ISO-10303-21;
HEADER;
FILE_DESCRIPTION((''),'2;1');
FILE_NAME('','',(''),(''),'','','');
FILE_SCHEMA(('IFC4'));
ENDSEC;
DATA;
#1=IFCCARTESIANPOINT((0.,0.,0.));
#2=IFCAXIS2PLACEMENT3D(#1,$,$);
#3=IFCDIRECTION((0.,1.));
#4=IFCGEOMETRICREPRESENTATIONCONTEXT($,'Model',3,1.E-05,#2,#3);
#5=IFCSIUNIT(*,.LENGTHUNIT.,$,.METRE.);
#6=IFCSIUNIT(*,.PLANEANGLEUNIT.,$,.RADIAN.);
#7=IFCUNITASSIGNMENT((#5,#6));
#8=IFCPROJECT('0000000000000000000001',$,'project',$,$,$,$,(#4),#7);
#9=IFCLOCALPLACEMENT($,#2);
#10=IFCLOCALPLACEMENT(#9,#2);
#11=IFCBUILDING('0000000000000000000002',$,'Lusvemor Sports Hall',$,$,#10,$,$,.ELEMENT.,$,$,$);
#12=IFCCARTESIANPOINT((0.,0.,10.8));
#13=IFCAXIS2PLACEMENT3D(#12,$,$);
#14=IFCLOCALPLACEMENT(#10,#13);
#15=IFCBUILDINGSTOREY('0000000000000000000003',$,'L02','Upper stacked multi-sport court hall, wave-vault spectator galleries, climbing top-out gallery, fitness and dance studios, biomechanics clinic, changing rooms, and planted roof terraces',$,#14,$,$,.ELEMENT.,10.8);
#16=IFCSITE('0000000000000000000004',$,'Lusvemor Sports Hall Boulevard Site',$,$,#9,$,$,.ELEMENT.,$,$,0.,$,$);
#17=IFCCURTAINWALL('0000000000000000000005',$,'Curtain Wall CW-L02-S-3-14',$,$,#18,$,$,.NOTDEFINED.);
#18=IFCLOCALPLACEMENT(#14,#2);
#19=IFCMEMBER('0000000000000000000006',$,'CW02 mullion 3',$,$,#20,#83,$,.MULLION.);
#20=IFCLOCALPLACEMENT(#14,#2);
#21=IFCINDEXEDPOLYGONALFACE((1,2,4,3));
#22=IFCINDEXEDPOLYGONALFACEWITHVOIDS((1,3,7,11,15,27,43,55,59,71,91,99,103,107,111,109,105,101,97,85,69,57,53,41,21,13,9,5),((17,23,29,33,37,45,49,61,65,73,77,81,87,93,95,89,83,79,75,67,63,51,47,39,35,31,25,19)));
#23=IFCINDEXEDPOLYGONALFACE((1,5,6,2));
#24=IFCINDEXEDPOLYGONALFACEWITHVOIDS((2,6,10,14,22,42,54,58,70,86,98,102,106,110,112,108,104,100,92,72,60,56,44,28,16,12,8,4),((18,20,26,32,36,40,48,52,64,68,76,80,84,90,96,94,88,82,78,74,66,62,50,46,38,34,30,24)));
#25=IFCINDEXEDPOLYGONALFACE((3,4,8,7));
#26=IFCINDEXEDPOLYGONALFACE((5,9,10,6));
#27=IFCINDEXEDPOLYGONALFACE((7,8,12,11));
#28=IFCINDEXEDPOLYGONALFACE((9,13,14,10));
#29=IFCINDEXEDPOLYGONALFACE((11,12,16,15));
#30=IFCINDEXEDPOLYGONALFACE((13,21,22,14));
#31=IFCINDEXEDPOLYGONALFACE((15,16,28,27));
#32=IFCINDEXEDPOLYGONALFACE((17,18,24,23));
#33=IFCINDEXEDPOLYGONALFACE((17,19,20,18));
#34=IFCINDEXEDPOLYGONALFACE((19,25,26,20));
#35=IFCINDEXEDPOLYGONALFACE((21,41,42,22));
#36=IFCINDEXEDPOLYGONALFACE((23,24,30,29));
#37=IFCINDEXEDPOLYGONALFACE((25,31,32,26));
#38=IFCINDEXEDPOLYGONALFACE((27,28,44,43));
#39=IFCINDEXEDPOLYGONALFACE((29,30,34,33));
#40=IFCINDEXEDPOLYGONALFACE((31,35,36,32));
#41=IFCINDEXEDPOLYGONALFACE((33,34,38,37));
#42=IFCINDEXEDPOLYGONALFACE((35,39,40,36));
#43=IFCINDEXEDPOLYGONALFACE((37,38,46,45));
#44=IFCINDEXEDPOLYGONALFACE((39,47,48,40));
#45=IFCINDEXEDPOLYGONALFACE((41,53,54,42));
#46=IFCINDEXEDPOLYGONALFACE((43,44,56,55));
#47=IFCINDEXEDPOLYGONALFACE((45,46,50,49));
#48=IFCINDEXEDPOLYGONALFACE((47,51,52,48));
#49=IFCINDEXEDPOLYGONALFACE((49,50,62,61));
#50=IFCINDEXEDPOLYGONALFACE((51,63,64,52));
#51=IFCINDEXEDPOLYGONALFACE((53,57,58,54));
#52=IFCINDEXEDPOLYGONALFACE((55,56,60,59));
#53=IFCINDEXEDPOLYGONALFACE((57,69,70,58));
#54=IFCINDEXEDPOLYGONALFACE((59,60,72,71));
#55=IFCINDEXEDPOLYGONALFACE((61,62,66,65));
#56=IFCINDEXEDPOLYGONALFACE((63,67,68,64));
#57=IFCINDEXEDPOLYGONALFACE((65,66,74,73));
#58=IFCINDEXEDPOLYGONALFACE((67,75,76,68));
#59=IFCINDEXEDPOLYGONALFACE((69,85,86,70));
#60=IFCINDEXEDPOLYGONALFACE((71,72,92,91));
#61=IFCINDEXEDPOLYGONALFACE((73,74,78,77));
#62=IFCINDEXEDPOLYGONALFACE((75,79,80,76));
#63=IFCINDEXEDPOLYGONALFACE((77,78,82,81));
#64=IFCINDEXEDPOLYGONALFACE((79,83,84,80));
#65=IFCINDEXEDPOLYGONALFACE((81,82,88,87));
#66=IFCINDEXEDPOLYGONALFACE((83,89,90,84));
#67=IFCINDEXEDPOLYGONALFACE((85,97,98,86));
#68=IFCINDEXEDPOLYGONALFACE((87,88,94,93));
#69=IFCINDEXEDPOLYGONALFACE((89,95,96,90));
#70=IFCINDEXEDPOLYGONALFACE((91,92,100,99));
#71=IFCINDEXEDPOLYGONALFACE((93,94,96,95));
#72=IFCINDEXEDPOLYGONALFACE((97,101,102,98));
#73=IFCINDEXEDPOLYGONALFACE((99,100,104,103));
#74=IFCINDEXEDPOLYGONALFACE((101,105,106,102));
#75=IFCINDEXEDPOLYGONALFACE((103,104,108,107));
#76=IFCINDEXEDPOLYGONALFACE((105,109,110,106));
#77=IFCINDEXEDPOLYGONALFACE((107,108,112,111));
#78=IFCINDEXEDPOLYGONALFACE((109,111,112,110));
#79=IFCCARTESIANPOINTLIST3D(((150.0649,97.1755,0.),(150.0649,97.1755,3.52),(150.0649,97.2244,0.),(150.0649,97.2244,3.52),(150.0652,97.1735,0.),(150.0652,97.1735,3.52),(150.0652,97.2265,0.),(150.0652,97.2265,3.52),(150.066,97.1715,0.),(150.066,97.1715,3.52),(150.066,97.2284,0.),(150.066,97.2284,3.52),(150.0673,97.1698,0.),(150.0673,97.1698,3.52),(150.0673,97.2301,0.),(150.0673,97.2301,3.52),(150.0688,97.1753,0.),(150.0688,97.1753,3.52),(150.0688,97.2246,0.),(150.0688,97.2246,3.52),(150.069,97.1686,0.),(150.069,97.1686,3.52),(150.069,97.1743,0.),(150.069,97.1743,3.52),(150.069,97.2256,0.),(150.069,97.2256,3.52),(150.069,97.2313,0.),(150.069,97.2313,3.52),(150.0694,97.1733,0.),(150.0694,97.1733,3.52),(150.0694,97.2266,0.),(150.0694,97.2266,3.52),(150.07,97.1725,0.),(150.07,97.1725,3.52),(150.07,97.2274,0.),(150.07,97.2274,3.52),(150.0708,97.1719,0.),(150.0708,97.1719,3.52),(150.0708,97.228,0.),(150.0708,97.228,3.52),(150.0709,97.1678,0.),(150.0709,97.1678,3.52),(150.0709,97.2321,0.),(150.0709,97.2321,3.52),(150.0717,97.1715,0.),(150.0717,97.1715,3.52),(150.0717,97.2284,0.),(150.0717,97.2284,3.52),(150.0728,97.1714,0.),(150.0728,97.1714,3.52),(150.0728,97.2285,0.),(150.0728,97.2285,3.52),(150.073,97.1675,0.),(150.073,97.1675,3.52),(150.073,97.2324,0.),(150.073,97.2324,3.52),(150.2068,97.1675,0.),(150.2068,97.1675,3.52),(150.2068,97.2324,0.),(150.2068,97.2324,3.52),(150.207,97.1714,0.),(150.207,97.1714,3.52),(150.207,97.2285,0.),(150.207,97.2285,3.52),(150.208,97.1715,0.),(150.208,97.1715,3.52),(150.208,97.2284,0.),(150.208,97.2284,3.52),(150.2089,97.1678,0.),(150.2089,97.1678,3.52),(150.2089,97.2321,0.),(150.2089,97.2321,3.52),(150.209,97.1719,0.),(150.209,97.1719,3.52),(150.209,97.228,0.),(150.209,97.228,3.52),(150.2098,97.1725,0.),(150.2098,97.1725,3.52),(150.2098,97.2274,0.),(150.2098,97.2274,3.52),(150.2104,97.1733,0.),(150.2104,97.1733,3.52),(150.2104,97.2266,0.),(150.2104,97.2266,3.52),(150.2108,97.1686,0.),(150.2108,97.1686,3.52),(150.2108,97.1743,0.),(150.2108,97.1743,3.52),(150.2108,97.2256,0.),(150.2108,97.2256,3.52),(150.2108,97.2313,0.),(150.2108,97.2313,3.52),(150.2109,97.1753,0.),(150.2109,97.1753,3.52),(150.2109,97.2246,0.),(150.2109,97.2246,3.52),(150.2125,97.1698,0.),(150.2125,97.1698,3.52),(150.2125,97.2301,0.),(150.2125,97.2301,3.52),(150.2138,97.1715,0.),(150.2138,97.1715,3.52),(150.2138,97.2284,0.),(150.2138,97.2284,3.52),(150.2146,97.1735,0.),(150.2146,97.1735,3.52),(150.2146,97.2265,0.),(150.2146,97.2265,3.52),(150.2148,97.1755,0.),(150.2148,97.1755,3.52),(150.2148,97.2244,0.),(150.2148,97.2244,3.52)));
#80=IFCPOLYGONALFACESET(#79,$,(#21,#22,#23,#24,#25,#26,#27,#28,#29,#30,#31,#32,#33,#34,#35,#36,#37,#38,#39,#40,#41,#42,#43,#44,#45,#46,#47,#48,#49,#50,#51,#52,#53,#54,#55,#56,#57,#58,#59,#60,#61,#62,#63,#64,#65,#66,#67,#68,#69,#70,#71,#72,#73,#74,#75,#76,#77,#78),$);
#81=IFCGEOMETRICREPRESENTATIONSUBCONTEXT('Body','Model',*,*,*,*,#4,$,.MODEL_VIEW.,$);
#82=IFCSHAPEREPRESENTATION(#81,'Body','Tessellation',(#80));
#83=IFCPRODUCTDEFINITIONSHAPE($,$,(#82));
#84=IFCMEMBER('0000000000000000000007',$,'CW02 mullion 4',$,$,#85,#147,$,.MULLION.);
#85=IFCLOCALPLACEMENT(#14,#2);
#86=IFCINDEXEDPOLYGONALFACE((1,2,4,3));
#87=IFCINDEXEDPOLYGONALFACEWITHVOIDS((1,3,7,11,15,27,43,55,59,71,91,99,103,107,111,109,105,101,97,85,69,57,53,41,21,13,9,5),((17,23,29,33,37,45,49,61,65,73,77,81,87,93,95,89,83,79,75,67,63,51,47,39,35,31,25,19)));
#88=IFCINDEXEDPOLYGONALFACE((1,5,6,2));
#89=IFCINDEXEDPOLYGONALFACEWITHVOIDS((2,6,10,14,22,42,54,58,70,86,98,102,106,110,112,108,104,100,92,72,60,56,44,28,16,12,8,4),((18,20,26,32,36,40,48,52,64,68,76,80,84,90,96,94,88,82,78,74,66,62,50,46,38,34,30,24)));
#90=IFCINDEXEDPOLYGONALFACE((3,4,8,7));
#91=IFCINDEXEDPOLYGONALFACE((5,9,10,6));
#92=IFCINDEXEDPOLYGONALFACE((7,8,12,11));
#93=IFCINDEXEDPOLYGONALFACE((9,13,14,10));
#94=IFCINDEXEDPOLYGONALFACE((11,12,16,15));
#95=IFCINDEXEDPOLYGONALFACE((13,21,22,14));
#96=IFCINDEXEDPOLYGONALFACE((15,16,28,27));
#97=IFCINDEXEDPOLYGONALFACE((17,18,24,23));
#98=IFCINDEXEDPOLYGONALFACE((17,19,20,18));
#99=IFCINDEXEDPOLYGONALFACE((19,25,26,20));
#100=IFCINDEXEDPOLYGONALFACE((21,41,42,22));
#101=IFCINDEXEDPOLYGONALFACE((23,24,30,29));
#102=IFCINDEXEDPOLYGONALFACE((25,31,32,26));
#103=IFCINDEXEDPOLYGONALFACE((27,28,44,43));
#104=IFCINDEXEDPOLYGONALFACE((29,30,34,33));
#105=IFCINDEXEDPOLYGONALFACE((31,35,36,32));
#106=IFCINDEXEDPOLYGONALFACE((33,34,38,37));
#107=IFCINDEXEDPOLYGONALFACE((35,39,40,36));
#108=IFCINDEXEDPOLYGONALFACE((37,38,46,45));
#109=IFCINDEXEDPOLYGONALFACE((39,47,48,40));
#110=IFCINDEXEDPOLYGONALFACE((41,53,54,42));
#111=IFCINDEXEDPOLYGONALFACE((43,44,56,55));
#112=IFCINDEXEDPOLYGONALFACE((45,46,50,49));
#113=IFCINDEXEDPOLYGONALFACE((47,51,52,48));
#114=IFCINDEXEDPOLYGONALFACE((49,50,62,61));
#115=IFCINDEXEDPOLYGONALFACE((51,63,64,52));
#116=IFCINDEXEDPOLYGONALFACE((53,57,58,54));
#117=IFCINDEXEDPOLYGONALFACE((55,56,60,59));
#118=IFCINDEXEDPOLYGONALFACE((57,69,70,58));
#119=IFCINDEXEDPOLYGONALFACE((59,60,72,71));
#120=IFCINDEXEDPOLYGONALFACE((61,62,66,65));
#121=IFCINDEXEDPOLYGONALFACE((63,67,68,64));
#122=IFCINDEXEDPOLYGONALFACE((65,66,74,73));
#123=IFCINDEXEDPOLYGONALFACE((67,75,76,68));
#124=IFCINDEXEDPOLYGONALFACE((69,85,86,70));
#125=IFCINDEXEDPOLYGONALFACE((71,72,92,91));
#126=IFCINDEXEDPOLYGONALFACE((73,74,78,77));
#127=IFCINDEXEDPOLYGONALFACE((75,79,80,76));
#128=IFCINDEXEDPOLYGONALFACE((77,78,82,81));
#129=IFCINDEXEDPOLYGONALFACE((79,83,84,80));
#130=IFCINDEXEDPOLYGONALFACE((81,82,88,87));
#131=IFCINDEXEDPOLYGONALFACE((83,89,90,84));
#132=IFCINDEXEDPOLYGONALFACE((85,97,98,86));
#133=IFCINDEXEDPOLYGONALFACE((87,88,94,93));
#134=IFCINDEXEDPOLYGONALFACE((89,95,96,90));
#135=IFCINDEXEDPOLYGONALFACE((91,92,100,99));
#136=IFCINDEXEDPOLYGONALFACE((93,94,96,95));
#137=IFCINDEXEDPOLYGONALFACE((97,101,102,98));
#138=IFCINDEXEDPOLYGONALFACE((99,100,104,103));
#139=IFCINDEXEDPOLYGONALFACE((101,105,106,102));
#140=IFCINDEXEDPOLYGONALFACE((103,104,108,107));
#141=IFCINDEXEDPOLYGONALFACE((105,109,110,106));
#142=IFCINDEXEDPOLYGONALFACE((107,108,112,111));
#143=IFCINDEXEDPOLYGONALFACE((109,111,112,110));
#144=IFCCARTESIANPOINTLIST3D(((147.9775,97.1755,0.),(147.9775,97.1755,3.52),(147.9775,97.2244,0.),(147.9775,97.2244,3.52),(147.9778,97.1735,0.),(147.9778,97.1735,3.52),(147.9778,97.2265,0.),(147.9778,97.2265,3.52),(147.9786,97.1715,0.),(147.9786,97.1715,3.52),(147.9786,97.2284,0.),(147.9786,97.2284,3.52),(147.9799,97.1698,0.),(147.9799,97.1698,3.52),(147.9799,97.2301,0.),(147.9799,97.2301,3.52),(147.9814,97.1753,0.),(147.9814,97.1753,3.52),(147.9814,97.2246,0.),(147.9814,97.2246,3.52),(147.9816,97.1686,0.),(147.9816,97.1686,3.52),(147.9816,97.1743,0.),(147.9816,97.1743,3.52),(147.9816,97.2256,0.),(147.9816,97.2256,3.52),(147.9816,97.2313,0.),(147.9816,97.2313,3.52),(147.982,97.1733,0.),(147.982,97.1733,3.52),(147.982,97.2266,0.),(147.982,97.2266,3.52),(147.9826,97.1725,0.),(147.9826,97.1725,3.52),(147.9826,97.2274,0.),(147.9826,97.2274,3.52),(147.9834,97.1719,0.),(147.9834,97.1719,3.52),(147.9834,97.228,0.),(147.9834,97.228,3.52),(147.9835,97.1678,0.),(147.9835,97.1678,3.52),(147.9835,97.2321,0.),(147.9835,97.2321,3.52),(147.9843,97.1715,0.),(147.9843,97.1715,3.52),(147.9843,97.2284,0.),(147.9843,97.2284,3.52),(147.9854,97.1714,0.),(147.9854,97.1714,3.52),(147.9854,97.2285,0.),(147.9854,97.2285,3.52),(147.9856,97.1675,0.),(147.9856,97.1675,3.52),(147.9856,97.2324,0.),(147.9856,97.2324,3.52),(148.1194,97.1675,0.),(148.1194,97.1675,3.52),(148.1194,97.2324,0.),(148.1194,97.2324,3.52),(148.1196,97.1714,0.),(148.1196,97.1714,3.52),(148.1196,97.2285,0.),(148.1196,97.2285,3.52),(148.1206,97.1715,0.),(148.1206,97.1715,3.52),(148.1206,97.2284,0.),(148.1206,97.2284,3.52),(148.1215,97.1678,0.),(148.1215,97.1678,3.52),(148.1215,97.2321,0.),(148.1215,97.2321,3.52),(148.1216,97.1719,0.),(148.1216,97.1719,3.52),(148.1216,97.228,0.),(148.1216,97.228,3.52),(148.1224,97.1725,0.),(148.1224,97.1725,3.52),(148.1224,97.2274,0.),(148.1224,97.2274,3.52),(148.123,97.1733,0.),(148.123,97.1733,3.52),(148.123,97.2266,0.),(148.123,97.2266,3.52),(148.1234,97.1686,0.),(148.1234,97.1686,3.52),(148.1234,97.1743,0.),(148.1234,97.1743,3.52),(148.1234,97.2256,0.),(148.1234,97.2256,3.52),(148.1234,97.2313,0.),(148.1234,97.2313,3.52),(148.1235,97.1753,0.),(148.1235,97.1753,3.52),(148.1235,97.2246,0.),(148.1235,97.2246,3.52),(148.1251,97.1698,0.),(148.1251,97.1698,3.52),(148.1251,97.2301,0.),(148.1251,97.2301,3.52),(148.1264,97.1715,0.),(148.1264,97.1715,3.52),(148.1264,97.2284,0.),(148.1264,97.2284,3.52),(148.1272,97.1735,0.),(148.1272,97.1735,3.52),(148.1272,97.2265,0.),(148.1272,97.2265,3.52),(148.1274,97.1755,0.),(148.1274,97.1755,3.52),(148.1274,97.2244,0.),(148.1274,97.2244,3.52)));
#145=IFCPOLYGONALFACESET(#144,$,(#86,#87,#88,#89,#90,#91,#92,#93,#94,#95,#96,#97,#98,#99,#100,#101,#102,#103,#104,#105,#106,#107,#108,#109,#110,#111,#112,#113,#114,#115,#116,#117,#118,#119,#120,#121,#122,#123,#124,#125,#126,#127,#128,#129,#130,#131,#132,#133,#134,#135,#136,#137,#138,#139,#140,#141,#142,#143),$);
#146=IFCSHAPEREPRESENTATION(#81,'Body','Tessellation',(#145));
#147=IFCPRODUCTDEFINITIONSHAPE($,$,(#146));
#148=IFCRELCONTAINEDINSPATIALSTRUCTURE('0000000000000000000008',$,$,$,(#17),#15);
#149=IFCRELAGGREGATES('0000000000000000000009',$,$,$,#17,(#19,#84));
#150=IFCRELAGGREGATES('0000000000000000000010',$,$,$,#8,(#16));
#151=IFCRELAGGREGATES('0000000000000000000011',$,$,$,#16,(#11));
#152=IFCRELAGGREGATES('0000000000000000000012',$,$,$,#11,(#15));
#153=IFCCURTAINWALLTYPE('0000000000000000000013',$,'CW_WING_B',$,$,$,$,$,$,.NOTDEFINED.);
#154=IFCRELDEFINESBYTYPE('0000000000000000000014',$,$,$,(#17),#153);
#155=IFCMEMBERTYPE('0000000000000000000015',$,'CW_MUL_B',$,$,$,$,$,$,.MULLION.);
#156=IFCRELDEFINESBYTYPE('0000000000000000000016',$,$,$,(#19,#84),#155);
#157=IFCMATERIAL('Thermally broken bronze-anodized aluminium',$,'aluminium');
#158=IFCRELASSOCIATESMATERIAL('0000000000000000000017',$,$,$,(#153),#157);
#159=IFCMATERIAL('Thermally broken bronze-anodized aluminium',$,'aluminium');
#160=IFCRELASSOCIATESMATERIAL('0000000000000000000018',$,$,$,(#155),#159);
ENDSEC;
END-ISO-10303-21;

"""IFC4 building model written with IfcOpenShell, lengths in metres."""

from ifc_helpers import new_model, si_unit, direction, frame, origin, origin_2d, place, context, subcontext, project, spatial, hollow_rectangle, extrude, material, material_profile, profile_set, type_object, element, aggregate, save


model = new_model("IFC4")

# Units and contexts
model_context = context("Model", 3, precision=1e-05, world=origin(), true_north=direction((0.0, 1.0)))
body_context = subcontext(model_context, "Body", "Model", "MODEL_VIEW")
ifc_project = project(units=[si_unit("LENGTHUNIT", "METRE"), si_unit("PLANEANGLEUNIT", "RADIAN")], contexts=[model_context])

# Site, building, storey
site_placement = place(None, origin())
site = spatial("IfcSite", under=ifc_project, at=site_placement, Name="Lusvemor Sports Hall Boulevard Site", CompositionType="ELEMENT", RefElevation=0.0)
building_placement = place(site_placement, origin())
building = spatial("IfcBuilding", under=site, at=building_placement, Name="Lusvemor Sports Hall", CompositionType="ELEMENT")
storey_placement = place(building_placement, frame((0.0, 0.0, 10.8)))
storey = spatial("IfcBuildingStorey", under=building, at=storey_placement, Name="L02", Description="Upper stacked multi-sport court hall, wave-vault spectator galleries, climbing top-out gallery, fitness and dance studios, biomechanics clinic, changing rooms, and planted roof terraces", CompositionType="ELEMENT", Elevation=10.8)

# Curtain wall, members
ifc_material_1 = material(Name="Thermally broken bronze-anodized aluminium", Category="aluminium")
curtain_wall_type = type_object("IfcCurtainWallType", Name="CW_WING_B", PredefinedType="NOTDEFINED", material=ifc_material_1)
curtain_wall_placement = place(storey_placement, origin())
curtain_wall = element("IfcCurtainWall", 1, at=curtain_wall_placement, inside=storey, type_object=curtain_wall_type, Name="Curtain Wall CW-L02-S-3-14", PredefinedType="NOTDEFINED")
ifc_material_2 = material(Name="Thermally broken bronze-anodized aluminium", Category="aluminium")
ifc_material_profile_1 = material_profile(ifc_material_2, hollow_rectangle(XDim=0.0649, YDim=0.1499, WallThickness=0.0039, InnerFilletRadius=0.0039, OuterFilletRadius=0.0081, at=origin_2d()), Name="CWMUL150x65x4")
ifc_profile_set_1 = profile_set([ifc_material_profile_1], Name="Thermally broken bronze-anodized aluminium")
member_type_1 = type_object("IfcMemberType", Name="CW_MUL_B", PredefinedType="MULLION", material=ifc_profile_set_1)
member_1_placement = place(storey_placement, frame((150.1399, 97.2, 0.0), z_axis=(0.0, 0.0, 1.0), x_axis=(0.0, -1.0, 0.0)))
member_1 = element("IfcMember", 2, at=member_1_placement, type_object=member_type_1, Name="CW02 mullion 3", PredefinedType="MULLION", context=body_context, shape_type="SweptSolid", body=[
    extrude(hollow_rectangle(XDim=0.0649, YDim=0.1499, WallThickness=0.0039, InnerFilletRadius=0.0039, OuterFilletRadius=0.0081, at=origin_2d()), origin(), (0.0, 0.0, 1.0), 3.52),
])
member_2_placement = place(storey_placement, frame((148.0525, 97.2, 0.0), z_axis=(0.0, 0.0, 1.0), x_axis=(0.0, -1.0, 0.0)))
member_2 = element("IfcMember", 3, at=member_2_placement, type_object=member_type_1, Name="CW02 mullion 4", PredefinedType="MULLION", context=body_context, shape_type="SweptSolid", body=[
    extrude(hollow_rectangle(XDim=0.0649, YDim=0.1499, WallThickness=0.0039, InnerFilletRadius=0.0039, OuterFilletRadius=0.0081, at=origin_2d()), origin(), (0.0, 0.0, 1.0), 3.52),
])

aggregate(curtain_wall, [member_1, member_2])

save(model, "model.ifc")
